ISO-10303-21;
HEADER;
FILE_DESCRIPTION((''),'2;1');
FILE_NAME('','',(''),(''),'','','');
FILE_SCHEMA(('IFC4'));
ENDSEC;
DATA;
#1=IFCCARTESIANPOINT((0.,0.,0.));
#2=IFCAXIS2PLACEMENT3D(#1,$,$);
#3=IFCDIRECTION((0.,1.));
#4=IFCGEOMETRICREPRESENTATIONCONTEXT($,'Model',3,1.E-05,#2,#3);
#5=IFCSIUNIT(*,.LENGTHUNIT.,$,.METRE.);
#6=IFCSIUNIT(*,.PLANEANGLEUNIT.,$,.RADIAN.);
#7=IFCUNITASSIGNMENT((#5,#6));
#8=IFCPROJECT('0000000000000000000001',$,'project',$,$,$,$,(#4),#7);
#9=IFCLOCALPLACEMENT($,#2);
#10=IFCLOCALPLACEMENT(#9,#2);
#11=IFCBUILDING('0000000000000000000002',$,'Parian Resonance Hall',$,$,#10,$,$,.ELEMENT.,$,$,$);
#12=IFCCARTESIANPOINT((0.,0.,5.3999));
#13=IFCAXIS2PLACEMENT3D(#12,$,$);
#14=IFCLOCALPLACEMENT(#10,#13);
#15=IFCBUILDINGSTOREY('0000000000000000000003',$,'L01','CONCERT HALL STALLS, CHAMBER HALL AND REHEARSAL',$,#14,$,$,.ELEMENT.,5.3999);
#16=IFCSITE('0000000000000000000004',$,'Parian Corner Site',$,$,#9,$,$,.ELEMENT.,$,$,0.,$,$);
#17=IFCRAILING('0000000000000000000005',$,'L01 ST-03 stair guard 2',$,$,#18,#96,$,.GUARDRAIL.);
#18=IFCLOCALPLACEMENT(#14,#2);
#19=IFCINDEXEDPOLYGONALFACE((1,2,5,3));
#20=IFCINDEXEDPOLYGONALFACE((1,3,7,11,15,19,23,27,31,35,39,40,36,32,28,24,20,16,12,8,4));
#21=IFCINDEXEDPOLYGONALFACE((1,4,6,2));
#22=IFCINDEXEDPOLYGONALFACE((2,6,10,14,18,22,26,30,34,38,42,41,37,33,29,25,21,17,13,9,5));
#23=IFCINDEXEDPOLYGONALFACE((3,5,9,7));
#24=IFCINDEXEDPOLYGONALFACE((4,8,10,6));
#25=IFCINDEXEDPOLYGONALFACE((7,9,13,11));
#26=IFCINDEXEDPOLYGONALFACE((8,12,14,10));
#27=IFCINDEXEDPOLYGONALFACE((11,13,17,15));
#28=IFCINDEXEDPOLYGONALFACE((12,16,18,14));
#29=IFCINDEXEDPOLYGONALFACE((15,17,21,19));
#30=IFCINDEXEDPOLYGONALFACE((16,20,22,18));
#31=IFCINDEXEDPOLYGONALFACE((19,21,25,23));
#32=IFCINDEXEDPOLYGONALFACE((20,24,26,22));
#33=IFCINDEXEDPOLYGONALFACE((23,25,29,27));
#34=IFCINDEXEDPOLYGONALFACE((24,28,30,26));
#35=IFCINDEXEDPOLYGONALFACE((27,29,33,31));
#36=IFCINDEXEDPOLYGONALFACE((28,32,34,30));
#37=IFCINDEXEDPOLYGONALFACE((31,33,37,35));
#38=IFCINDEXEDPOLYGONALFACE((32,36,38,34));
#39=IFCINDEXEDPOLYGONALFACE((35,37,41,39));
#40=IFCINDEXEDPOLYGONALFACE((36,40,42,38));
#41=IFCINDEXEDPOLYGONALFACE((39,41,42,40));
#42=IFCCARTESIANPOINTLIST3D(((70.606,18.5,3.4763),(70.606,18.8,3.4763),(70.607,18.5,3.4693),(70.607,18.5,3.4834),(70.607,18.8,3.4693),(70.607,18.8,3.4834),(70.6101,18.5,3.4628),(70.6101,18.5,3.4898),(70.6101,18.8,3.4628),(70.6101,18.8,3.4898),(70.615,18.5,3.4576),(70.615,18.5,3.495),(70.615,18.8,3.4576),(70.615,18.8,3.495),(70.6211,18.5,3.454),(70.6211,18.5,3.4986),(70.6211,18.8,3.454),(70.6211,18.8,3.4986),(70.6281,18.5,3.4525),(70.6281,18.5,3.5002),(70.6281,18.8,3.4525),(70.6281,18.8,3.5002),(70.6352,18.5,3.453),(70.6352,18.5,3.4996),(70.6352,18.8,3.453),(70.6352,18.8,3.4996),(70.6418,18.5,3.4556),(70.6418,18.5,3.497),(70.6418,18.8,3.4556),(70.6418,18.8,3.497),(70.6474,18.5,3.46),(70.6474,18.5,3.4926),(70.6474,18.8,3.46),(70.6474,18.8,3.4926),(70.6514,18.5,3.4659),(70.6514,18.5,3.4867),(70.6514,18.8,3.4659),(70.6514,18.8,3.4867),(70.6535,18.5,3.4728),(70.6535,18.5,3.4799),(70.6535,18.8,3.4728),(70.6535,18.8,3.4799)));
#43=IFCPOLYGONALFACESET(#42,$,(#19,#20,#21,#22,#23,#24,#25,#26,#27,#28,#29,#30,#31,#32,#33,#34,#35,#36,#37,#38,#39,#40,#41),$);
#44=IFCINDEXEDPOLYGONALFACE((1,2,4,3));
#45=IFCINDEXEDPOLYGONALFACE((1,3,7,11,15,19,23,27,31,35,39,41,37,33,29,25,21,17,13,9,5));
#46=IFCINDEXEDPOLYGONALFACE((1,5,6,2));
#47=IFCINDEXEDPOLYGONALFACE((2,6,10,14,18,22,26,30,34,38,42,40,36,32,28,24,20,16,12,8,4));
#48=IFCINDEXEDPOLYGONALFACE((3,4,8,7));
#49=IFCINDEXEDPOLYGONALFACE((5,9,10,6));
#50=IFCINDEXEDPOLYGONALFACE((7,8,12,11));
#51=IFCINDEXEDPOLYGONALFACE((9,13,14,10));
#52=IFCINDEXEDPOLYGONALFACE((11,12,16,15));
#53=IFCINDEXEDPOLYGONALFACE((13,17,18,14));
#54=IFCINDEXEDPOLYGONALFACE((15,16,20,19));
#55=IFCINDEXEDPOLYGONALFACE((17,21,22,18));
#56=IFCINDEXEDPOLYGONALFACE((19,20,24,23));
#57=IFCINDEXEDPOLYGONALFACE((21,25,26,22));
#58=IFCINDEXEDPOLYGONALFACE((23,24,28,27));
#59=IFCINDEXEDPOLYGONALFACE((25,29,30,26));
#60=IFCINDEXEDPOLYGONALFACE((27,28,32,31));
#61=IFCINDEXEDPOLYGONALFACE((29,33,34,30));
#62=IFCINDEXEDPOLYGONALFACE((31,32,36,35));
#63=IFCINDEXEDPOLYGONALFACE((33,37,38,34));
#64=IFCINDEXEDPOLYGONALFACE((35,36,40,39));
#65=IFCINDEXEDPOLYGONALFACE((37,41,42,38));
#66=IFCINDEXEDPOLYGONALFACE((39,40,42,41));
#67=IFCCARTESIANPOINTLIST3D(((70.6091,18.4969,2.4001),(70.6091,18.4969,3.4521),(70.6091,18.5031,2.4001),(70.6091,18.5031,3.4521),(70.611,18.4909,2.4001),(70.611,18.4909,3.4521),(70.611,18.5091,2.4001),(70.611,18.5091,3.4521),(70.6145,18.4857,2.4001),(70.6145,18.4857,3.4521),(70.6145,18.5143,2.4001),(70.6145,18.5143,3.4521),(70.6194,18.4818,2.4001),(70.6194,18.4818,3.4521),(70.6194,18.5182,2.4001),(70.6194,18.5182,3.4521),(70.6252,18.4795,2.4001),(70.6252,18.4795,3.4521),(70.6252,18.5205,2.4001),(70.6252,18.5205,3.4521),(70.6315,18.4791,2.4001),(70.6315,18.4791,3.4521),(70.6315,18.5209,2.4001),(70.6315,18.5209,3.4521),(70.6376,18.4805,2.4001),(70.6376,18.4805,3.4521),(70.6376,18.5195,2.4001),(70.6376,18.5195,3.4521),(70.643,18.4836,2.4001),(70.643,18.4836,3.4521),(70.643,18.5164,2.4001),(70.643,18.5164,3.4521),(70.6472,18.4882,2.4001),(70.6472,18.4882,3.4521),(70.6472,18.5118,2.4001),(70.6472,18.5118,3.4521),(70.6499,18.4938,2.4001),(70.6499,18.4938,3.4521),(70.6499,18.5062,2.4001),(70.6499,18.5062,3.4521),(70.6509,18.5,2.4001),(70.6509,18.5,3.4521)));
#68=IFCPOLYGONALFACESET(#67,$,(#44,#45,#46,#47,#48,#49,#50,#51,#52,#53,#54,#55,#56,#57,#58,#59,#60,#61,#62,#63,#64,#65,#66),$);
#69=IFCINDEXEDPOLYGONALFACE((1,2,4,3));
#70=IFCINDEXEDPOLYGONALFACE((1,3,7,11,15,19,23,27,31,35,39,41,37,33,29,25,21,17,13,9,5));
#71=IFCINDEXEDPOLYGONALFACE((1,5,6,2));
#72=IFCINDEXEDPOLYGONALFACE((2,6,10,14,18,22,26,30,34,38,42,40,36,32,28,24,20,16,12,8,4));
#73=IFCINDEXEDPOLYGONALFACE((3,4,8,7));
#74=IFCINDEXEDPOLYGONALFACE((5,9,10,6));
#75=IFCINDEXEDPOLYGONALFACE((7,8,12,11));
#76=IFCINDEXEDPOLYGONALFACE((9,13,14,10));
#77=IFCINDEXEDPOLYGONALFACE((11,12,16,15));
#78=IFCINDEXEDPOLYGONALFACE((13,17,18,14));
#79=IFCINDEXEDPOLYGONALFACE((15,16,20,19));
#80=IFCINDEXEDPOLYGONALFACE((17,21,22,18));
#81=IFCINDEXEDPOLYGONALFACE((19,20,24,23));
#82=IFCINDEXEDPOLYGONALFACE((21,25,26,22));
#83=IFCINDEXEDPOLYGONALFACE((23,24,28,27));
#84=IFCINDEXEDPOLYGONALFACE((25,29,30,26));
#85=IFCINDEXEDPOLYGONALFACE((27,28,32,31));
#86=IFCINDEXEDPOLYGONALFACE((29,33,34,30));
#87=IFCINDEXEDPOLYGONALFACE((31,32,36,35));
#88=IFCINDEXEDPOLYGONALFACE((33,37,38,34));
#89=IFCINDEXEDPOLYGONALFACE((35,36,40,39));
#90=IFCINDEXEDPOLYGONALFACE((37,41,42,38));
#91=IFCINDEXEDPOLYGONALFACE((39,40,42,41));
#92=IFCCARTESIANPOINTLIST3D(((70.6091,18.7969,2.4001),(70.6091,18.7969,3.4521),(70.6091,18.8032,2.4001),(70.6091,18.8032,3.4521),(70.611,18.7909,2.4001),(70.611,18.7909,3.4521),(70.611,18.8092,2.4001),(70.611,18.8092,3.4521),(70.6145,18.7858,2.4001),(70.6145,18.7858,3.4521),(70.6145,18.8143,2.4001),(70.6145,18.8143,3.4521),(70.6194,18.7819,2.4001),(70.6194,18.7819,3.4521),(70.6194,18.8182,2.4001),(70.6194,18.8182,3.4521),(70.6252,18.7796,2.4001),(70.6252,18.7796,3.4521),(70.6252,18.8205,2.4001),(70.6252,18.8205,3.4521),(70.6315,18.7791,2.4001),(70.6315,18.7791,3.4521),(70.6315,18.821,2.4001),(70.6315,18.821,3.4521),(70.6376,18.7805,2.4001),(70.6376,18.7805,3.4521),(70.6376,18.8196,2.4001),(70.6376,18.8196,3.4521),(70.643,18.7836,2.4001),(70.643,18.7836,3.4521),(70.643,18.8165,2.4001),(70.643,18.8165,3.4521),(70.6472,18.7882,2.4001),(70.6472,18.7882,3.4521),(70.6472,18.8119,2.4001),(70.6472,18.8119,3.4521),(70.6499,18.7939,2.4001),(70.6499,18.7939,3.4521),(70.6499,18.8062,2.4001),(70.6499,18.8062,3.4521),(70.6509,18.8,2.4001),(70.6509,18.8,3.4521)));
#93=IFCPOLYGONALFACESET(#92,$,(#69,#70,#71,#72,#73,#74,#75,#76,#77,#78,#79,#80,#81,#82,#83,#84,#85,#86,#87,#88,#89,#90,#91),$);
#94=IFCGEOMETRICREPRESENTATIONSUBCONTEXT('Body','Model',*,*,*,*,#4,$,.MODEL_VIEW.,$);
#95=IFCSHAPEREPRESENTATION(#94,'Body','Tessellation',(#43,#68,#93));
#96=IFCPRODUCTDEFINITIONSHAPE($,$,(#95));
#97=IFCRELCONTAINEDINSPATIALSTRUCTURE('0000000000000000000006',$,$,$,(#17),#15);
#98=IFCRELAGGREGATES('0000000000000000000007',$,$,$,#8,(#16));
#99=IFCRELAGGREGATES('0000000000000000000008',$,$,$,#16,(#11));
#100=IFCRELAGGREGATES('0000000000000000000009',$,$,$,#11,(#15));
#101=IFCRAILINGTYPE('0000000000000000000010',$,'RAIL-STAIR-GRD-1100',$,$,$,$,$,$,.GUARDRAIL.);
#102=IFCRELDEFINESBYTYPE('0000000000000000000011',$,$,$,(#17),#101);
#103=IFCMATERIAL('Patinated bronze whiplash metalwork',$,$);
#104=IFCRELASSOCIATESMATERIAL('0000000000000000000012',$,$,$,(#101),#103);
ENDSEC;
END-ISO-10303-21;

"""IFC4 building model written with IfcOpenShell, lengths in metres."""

from ifc_helpers import new_model, si_unit, direction, frame, origin, origin_2d, place, context, subcontext, project, spatial, circle, extrude, material, type_object, element, save


model = new_model("IFC4")

# Units and contexts
model_context = context("Model", 3, precision=1e-05, world=origin(), true_north=direction((0.0, 1.0)))
body_context = subcontext(model_context, "Body", "Model", "MODEL_VIEW")
ifc_project = project(units=[si_unit("LENGTHUNIT", "METRE"), si_unit("PLANEANGLEUNIT", "RADIAN")], contexts=[model_context])

# Site, building, storey
site_placement = place(None, origin())
site = spatial("IfcSite", under=ifc_project, at=site_placement, Name="Parian Corner Site", CompositionType="ELEMENT", RefElevation=0.0)
building_placement = place(site_placement, origin())
building = spatial("IfcBuilding", under=site, at=building_placement, Name="Parian Resonance Hall", CompositionType="ELEMENT")
storey_placement = place(building_placement, frame((0.0, 0.0, 5.3999)))
storey = spatial("IfcBuildingStorey", under=building, at=storey_placement, Name="L01", Description="CONCERT HALL STALLS, CHAMBER HALL AND REHEARSAL", CompositionType="ELEMENT", Elevation=5.3999)

# Railing
ifc_material_1 = material(Name="Patinated bronze whiplash metalwork")
railing_type_1 = type_object("IfcRailingType", Name="RAIL-STAIR-GRD-1100", PredefinedType="GUARDRAIL", material=ifc_material_1)
railing_1_placement = place(storey_placement, frame((70.6299, 18.5, 2.4001)))
element("IfcRailing", 1, at=railing_1_placement, inside=storey, type_object=railing_type_1, Name="L01 ST-03 stair guard 2", PredefinedType="GUARDRAIL", context=body_context, shape_type="SweptSolid", body=[
    extrude(circle(Radius=0.0239, at=origin_2d()), frame((0.0, 0.0, 1.0762), z_axis=(0.0, 1.0, 0.0), x_axis=(-1.0, 0.0, 0.0)), (0.0, 0.0, 1.0), 0.3),
    extrude(circle(Radius=0.021, at=origin_2d()), origin(), (0.0, 0.0, 1.0), 1.052),
    extrude(circle(Radius=0.021, at=origin_2d()), frame((0.0, 0.3, 0.0)), (0.0, 0.0, 1.0), 1.052),
])

save(model, "model.ifc")
